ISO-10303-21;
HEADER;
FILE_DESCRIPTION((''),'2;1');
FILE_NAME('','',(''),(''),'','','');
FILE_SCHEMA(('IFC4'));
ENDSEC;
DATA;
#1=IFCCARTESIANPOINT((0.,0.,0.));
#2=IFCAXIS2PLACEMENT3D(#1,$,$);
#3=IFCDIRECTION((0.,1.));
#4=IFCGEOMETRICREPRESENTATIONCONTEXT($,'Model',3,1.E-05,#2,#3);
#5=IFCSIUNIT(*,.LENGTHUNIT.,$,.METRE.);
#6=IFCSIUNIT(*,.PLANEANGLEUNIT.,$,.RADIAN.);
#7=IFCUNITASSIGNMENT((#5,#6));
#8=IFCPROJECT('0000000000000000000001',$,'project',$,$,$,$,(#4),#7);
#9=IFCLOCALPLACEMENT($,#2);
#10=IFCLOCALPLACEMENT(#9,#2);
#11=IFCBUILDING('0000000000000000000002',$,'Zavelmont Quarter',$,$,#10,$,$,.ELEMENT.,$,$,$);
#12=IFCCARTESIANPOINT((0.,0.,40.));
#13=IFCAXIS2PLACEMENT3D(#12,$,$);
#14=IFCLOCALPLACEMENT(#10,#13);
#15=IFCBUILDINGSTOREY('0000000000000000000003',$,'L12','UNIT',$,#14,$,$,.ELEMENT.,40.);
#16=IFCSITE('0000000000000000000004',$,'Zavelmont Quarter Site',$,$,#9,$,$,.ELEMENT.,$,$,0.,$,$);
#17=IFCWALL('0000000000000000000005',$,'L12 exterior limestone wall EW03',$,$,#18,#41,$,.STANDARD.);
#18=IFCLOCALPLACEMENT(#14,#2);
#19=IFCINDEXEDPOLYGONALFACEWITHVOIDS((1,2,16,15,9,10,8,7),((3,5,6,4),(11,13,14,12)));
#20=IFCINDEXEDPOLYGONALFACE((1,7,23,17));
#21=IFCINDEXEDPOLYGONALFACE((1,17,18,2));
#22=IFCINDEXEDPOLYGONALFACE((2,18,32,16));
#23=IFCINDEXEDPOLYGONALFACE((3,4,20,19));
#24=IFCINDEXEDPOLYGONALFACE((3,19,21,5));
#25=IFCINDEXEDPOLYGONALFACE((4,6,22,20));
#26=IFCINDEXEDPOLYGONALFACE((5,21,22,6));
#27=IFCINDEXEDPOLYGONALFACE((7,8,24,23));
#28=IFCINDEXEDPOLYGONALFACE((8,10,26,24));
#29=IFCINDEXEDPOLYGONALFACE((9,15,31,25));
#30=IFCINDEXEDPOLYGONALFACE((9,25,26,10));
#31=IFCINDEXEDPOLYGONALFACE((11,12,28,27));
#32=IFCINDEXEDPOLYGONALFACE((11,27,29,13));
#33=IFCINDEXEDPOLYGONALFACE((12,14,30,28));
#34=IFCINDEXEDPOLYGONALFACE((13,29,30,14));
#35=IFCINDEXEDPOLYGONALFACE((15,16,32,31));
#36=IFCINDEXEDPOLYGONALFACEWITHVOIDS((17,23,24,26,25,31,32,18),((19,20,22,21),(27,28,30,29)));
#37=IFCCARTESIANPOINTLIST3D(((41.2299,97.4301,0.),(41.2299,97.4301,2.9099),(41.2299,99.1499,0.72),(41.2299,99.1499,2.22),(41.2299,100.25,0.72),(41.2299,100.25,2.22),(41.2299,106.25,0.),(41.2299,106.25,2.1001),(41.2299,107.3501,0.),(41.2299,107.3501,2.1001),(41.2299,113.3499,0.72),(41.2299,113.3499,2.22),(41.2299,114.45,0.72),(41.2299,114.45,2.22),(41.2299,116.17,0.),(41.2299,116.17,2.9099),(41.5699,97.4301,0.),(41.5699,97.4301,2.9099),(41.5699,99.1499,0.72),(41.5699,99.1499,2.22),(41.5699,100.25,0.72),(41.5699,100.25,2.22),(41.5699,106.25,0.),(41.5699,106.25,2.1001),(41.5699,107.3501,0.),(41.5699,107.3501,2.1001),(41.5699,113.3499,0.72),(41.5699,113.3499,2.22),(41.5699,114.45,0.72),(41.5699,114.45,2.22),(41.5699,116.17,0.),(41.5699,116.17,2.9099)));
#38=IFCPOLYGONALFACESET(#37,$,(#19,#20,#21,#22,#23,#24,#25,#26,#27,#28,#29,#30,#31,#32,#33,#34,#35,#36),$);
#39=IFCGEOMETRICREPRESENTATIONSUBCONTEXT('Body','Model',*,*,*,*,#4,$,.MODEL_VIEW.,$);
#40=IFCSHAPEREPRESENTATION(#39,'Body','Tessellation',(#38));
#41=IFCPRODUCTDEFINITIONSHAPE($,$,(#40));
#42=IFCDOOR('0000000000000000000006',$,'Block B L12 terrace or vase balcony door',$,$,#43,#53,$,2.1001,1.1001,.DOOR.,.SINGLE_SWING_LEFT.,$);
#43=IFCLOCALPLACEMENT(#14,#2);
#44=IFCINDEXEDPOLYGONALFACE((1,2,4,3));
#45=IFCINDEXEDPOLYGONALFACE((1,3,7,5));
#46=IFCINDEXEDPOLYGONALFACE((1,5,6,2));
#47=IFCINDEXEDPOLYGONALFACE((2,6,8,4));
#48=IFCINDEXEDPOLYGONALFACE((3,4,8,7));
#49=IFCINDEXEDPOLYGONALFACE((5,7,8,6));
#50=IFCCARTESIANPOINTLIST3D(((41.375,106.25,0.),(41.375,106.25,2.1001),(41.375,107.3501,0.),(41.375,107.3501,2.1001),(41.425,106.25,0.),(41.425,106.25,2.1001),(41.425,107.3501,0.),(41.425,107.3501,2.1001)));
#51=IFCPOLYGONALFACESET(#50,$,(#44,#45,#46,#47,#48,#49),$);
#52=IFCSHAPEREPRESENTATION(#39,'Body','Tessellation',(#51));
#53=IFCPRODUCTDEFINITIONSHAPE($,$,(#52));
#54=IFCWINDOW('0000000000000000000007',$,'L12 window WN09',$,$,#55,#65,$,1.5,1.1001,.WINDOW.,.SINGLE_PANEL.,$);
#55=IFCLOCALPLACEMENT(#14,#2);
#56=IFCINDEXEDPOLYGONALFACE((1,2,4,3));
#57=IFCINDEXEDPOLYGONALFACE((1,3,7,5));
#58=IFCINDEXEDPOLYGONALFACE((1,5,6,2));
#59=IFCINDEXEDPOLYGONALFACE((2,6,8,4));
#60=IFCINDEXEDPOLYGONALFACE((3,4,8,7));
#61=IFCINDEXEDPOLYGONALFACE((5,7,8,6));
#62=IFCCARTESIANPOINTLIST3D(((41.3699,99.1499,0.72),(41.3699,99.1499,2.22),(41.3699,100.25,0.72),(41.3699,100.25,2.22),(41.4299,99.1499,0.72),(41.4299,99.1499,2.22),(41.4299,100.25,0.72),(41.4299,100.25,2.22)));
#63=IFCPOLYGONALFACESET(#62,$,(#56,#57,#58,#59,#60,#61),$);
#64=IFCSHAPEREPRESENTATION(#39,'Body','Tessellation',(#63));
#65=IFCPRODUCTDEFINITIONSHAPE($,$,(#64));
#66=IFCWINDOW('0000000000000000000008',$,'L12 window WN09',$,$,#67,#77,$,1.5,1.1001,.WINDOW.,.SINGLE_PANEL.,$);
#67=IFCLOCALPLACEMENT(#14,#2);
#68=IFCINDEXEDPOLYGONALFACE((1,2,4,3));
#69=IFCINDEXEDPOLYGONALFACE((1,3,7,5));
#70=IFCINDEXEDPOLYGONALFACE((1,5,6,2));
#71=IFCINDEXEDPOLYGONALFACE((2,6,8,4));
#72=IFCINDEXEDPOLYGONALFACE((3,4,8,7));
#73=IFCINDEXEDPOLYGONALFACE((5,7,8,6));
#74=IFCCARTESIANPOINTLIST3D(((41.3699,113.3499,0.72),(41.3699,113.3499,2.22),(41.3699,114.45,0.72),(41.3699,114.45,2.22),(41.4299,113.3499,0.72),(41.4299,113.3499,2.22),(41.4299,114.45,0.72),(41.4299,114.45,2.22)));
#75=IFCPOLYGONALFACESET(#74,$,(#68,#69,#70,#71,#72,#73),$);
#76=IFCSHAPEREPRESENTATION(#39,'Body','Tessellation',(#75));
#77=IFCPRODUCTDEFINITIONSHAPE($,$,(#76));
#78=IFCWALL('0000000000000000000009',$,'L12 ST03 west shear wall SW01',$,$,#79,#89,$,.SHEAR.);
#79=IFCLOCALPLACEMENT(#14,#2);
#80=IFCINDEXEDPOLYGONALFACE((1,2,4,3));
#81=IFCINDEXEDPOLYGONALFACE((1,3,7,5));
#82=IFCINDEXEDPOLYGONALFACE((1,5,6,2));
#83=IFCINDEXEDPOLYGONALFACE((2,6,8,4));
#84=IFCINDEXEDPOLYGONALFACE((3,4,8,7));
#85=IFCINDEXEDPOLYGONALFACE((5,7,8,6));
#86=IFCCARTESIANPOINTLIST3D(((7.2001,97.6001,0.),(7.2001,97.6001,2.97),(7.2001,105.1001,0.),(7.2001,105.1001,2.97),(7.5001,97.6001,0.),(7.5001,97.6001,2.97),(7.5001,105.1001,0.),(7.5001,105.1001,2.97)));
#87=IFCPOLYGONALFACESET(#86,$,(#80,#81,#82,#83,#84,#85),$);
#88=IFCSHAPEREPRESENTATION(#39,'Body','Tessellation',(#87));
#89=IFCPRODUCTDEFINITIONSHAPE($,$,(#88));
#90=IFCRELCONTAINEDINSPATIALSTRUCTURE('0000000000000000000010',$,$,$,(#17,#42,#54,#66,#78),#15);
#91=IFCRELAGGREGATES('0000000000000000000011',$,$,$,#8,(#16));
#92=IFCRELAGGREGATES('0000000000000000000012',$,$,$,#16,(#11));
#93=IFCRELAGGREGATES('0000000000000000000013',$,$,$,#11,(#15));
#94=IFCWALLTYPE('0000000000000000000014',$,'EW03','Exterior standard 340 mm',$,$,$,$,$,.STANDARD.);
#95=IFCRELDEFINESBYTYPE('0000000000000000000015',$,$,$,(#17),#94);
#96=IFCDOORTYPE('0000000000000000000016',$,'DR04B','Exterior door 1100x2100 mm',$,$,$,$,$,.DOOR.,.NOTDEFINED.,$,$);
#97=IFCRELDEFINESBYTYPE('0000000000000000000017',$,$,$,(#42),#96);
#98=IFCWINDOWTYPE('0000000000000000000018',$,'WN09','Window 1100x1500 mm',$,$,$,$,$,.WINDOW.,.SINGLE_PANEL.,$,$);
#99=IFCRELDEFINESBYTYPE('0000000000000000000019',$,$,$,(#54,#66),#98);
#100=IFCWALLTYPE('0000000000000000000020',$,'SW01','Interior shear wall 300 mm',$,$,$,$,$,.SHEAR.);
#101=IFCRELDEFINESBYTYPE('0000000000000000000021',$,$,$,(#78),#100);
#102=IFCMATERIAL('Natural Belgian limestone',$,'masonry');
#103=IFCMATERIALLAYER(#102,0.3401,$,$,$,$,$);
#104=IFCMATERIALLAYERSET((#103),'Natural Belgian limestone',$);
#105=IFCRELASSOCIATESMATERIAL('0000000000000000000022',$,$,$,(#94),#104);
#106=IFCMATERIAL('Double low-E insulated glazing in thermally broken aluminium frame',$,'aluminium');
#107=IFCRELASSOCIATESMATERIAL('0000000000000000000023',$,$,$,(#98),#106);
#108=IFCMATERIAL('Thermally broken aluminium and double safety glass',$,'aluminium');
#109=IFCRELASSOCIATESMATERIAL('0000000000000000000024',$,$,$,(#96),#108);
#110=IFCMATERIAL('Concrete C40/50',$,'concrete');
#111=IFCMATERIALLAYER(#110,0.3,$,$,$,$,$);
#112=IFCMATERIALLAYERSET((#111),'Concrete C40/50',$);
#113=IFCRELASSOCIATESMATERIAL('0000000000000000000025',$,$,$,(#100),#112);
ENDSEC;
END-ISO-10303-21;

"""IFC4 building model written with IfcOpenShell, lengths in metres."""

from ifc_helpers import new_model, si_unit, direction, frame, frame_2d, origin, origin_with_axes, place, context, subcontext, project, spatial, rectangle, extrude, material, layer, layer_set, type_object, element, fill, save


model = new_model("IFC4")

# Units and contexts
model_context = context("Model", 3, precision=1e-05, world=origin(), true_north=direction((0.0, 1.0)))
body_context = subcontext(model_context, "Body", "Model", "MODEL_VIEW")
ifc_project = project(units=[si_unit("LENGTHUNIT", "METRE"), si_unit("PLANEANGLEUNIT", "RADIAN")], contexts=[model_context])

# Site, building, storey
site_placement = place(None, origin())
site = spatial("IfcSite", under=ifc_project, at=site_placement, Name="Zavelmont Quarter Site", CompositionType="ELEMENT", RefElevation=0.0)
building_placement = place(site_placement, origin())
building = spatial("IfcBuilding", under=site, at=building_placement, Name="Zavelmont Quarter", CompositionType="ELEMENT")
storey_placement = place(building_placement, frame((0.0, 0.0, 40.0)))
storey = spatial("IfcBuildingStorey", under=building, at=storey_placement, Name="L12", Description="UNIT", CompositionType="ELEMENT", Elevation=40.0)

# Shared definitions
ifc_material_1 = material(Name="Natural Belgian limestone", Category="masonry")
ifc_layer_1 = layer(ifc_material_1, 0.3401)
ifc_layer_set_1 = layer_set([ifc_layer_1], Name="Natural Belgian limestone")
wall_type_1 = type_object("IfcWallType", Name="EW03", Description="Exterior standard 340 mm", PredefinedType="STANDARD", material=ifc_layer_set_1)
ifc_material_2 = material(Name="Double low-E insulated glazing in thermally broken aluminium frame", Category="aluminium")
window_type_1 = type_object("IfcWindowType", Name="WN09", Description="Window 1100x1500 mm", PartitioningType="SINGLE_PANEL", PredefinedType="WINDOW", material=ifc_material_2)

# Shared definitions
ifc_material_3 = material(Name="Thermally broken aluminium and double safety glass", Category="aluminium")

# Wall, openings, door, windows
door_type_1 = type_object("IfcDoorType", Name="DR04B", Description="Exterior door 1100x2100 mm", OperationType="NOTDEFINED", PredefinedType="DOOR", material=ifc_material_3)
wall_1_placement = place(storey_placement, frame((41.3999, 97.4299, 0.0), z_axis=(0.0, 0.0, 1.0), x_axis=(0.0, 1.0, 0.0)))
wall_1 = element("IfcWall", 1, at=wall_1_placement, inside=storey, type_object=wall_type_1, Name="L12 exterior limestone wall EW03", PredefinedType="STANDARD", context=body_context, shape_type="SweptSolid", body=[
    extrude(rectangle(XDim=18.74, YDim=0.3401, at=frame_2d((9.3701, 0.0))), origin(), (0.0, 0.0, 1.0), 2.9099),
])
opening_1_placement = place(wall_1_placement, frame((8.8201, 0.0, 0.0)))
opening_1 = element("IfcOpeningElement", 2, at=opening_1_placement, cuts=wall_1, PredefinedType="OPENING", context=body_context, shape_type="SweptSolid", body=[
    extrude(rectangle(XDim=1.1001, YDim=2.1001, at=frame_2d((0.55, 1.05))), frame((0.0, 0.1821, 0.0), z_axis=(0.0, -1.0, 0.0), x_axis=(1.0, 0.0, 0.0)), (0.0, 0.0, 1.0), 0.364),
])
opening_2_placement = place(wall_1_placement, frame((1.72, 0.0, 0.72)))
opening_2 = element("IfcOpeningElement", 3, at=opening_2_placement, cuts=wall_1, PredefinedType="OPENING", context=body_context, shape_type="SweptSolid", body=[
    extrude(rectangle(XDim=1.1001, YDim=1.5, at=frame_2d((0.55, 0.75))), frame((0.0, 0.1821, 0.0), z_axis=(0.0, -1.0, 0.0), x_axis=(1.0, 0.0, 0.0)), (0.0, 0.0, 1.0), 0.364),
])
opening_3_placement = place(wall_1_placement, frame((15.9199, 0.0, 0.72)))
opening_3 = element("IfcOpeningElement", 4, at=opening_3_placement, cuts=wall_1, PredefinedType="OPENING", context=body_context, shape_type="SweptSolid", body=[
    extrude(rectangle(XDim=1.1001, YDim=1.5, at=frame_2d((0.55, 0.75))), frame((0.0, 0.1821, 0.0), z_axis=(0.0, -1.0, 0.0), x_axis=(1.0, 0.0, 0.0)), (0.0, 0.0, 1.0), 0.364),
])
door_1_placement = place(opening_1_placement, origin_with_axes())
door_1 = element("IfcDoor", 5, at=door_1_placement, inside=storey, type_object=door_type_1, Name="Block B L12 terrace or vase balcony door", OperationType="SINGLE_SWING_LEFT", OverallHeight=2.1001, OverallWidth=1.1001, PredefinedType="DOOR", context=body_context, shape_type="SweptSolid", body=[
    extrude(rectangle(XDim=1.1001, YDim=2.1001, at=frame_2d((0.55, 1.05))), frame((0.0, 0.0249, 0.0), z_axis=(0.0, -1.0, 0.0), x_axis=(1.0, 0.0, 0.0)), (0.0, 0.0, 1.0), 0.05),
])
fill(opening_1, door_1)
window_1_placement = place(opening_2_placement, origin_with_axes())
window_1 = element("IfcWindow", 6, at=window_1_placement, inside=storey, type_object=window_type_1, Name="L12 window WN09", OverallHeight=1.5, OverallWidth=1.1001, PartitioningType="SINGLE_PANEL", PredefinedType="WINDOW", context=body_context, shape_type="SweptSolid", body=[
    extrude(rectangle(XDim=1.1001, YDim=1.5, at=frame_2d((0.55, 0.75))), frame((0.0, 0.03, 0.0), z_axis=(0.0, -1.0, 0.0), x_axis=(1.0, 0.0, 0.0)), (0.0, 0.0, 1.0), 0.0601),
])
fill(opening_2, window_1)
window_2_placement = place(opening_3_placement, origin_with_axes())
window_2 = element("IfcWindow", 7, at=window_2_placement, inside=storey, type_object=window_type_1, Name="L12 window WN09", OverallHeight=1.5, OverallWidth=1.1001, PartitioningType="SINGLE_PANEL", PredefinedType="WINDOW", context=body_context, shape_type="SweptSolid", body=[
    extrude(rectangle(XDim=1.1001, YDim=1.5, at=frame_2d((0.55, 0.75))), frame((0.0, 0.03, 0.0), z_axis=(0.0, -1.0, 0.0), x_axis=(1.0, 0.0, 0.0)), (0.0, 0.0, 1.0), 0.0601),
])
fill(opening_3, window_2)

# Wall
ifc_material_4 = material(Name="Concrete C40/50", Category="concrete")
ifc_layer_2 = layer(ifc_material_4, 0.3)
ifc_layer_set_2 = layer_set([ifc_layer_2], Name="Concrete C40/50")
wall_type_2 = type_object("IfcWallType", Name="SW01", Description="Interior shear wall 300 mm", PredefinedType="SHEAR", material=ifc_layer_set_2)
wall_2_placement = place(storey_placement, frame((7.3501, 97.6001, 0.0), z_axis=(0.0, 0.0, 1.0), x_axis=(0.0, 1.0, 0.0)))
element("IfcWall", 8, at=wall_2_placement, inside=storey, type_object=wall_type_2, Name="L12 ST03 west shear wall SW01", PredefinedType="SHEAR", context=body_context, shape_type="SweptSolid", body=[
    extrude(rectangle(XDim=7.5, YDim=0.3, at=frame_2d((3.75, 0.0))), origin(), (0.0, 0.0, 1.0), 2.97),
])

save(model, "model.ifc")
